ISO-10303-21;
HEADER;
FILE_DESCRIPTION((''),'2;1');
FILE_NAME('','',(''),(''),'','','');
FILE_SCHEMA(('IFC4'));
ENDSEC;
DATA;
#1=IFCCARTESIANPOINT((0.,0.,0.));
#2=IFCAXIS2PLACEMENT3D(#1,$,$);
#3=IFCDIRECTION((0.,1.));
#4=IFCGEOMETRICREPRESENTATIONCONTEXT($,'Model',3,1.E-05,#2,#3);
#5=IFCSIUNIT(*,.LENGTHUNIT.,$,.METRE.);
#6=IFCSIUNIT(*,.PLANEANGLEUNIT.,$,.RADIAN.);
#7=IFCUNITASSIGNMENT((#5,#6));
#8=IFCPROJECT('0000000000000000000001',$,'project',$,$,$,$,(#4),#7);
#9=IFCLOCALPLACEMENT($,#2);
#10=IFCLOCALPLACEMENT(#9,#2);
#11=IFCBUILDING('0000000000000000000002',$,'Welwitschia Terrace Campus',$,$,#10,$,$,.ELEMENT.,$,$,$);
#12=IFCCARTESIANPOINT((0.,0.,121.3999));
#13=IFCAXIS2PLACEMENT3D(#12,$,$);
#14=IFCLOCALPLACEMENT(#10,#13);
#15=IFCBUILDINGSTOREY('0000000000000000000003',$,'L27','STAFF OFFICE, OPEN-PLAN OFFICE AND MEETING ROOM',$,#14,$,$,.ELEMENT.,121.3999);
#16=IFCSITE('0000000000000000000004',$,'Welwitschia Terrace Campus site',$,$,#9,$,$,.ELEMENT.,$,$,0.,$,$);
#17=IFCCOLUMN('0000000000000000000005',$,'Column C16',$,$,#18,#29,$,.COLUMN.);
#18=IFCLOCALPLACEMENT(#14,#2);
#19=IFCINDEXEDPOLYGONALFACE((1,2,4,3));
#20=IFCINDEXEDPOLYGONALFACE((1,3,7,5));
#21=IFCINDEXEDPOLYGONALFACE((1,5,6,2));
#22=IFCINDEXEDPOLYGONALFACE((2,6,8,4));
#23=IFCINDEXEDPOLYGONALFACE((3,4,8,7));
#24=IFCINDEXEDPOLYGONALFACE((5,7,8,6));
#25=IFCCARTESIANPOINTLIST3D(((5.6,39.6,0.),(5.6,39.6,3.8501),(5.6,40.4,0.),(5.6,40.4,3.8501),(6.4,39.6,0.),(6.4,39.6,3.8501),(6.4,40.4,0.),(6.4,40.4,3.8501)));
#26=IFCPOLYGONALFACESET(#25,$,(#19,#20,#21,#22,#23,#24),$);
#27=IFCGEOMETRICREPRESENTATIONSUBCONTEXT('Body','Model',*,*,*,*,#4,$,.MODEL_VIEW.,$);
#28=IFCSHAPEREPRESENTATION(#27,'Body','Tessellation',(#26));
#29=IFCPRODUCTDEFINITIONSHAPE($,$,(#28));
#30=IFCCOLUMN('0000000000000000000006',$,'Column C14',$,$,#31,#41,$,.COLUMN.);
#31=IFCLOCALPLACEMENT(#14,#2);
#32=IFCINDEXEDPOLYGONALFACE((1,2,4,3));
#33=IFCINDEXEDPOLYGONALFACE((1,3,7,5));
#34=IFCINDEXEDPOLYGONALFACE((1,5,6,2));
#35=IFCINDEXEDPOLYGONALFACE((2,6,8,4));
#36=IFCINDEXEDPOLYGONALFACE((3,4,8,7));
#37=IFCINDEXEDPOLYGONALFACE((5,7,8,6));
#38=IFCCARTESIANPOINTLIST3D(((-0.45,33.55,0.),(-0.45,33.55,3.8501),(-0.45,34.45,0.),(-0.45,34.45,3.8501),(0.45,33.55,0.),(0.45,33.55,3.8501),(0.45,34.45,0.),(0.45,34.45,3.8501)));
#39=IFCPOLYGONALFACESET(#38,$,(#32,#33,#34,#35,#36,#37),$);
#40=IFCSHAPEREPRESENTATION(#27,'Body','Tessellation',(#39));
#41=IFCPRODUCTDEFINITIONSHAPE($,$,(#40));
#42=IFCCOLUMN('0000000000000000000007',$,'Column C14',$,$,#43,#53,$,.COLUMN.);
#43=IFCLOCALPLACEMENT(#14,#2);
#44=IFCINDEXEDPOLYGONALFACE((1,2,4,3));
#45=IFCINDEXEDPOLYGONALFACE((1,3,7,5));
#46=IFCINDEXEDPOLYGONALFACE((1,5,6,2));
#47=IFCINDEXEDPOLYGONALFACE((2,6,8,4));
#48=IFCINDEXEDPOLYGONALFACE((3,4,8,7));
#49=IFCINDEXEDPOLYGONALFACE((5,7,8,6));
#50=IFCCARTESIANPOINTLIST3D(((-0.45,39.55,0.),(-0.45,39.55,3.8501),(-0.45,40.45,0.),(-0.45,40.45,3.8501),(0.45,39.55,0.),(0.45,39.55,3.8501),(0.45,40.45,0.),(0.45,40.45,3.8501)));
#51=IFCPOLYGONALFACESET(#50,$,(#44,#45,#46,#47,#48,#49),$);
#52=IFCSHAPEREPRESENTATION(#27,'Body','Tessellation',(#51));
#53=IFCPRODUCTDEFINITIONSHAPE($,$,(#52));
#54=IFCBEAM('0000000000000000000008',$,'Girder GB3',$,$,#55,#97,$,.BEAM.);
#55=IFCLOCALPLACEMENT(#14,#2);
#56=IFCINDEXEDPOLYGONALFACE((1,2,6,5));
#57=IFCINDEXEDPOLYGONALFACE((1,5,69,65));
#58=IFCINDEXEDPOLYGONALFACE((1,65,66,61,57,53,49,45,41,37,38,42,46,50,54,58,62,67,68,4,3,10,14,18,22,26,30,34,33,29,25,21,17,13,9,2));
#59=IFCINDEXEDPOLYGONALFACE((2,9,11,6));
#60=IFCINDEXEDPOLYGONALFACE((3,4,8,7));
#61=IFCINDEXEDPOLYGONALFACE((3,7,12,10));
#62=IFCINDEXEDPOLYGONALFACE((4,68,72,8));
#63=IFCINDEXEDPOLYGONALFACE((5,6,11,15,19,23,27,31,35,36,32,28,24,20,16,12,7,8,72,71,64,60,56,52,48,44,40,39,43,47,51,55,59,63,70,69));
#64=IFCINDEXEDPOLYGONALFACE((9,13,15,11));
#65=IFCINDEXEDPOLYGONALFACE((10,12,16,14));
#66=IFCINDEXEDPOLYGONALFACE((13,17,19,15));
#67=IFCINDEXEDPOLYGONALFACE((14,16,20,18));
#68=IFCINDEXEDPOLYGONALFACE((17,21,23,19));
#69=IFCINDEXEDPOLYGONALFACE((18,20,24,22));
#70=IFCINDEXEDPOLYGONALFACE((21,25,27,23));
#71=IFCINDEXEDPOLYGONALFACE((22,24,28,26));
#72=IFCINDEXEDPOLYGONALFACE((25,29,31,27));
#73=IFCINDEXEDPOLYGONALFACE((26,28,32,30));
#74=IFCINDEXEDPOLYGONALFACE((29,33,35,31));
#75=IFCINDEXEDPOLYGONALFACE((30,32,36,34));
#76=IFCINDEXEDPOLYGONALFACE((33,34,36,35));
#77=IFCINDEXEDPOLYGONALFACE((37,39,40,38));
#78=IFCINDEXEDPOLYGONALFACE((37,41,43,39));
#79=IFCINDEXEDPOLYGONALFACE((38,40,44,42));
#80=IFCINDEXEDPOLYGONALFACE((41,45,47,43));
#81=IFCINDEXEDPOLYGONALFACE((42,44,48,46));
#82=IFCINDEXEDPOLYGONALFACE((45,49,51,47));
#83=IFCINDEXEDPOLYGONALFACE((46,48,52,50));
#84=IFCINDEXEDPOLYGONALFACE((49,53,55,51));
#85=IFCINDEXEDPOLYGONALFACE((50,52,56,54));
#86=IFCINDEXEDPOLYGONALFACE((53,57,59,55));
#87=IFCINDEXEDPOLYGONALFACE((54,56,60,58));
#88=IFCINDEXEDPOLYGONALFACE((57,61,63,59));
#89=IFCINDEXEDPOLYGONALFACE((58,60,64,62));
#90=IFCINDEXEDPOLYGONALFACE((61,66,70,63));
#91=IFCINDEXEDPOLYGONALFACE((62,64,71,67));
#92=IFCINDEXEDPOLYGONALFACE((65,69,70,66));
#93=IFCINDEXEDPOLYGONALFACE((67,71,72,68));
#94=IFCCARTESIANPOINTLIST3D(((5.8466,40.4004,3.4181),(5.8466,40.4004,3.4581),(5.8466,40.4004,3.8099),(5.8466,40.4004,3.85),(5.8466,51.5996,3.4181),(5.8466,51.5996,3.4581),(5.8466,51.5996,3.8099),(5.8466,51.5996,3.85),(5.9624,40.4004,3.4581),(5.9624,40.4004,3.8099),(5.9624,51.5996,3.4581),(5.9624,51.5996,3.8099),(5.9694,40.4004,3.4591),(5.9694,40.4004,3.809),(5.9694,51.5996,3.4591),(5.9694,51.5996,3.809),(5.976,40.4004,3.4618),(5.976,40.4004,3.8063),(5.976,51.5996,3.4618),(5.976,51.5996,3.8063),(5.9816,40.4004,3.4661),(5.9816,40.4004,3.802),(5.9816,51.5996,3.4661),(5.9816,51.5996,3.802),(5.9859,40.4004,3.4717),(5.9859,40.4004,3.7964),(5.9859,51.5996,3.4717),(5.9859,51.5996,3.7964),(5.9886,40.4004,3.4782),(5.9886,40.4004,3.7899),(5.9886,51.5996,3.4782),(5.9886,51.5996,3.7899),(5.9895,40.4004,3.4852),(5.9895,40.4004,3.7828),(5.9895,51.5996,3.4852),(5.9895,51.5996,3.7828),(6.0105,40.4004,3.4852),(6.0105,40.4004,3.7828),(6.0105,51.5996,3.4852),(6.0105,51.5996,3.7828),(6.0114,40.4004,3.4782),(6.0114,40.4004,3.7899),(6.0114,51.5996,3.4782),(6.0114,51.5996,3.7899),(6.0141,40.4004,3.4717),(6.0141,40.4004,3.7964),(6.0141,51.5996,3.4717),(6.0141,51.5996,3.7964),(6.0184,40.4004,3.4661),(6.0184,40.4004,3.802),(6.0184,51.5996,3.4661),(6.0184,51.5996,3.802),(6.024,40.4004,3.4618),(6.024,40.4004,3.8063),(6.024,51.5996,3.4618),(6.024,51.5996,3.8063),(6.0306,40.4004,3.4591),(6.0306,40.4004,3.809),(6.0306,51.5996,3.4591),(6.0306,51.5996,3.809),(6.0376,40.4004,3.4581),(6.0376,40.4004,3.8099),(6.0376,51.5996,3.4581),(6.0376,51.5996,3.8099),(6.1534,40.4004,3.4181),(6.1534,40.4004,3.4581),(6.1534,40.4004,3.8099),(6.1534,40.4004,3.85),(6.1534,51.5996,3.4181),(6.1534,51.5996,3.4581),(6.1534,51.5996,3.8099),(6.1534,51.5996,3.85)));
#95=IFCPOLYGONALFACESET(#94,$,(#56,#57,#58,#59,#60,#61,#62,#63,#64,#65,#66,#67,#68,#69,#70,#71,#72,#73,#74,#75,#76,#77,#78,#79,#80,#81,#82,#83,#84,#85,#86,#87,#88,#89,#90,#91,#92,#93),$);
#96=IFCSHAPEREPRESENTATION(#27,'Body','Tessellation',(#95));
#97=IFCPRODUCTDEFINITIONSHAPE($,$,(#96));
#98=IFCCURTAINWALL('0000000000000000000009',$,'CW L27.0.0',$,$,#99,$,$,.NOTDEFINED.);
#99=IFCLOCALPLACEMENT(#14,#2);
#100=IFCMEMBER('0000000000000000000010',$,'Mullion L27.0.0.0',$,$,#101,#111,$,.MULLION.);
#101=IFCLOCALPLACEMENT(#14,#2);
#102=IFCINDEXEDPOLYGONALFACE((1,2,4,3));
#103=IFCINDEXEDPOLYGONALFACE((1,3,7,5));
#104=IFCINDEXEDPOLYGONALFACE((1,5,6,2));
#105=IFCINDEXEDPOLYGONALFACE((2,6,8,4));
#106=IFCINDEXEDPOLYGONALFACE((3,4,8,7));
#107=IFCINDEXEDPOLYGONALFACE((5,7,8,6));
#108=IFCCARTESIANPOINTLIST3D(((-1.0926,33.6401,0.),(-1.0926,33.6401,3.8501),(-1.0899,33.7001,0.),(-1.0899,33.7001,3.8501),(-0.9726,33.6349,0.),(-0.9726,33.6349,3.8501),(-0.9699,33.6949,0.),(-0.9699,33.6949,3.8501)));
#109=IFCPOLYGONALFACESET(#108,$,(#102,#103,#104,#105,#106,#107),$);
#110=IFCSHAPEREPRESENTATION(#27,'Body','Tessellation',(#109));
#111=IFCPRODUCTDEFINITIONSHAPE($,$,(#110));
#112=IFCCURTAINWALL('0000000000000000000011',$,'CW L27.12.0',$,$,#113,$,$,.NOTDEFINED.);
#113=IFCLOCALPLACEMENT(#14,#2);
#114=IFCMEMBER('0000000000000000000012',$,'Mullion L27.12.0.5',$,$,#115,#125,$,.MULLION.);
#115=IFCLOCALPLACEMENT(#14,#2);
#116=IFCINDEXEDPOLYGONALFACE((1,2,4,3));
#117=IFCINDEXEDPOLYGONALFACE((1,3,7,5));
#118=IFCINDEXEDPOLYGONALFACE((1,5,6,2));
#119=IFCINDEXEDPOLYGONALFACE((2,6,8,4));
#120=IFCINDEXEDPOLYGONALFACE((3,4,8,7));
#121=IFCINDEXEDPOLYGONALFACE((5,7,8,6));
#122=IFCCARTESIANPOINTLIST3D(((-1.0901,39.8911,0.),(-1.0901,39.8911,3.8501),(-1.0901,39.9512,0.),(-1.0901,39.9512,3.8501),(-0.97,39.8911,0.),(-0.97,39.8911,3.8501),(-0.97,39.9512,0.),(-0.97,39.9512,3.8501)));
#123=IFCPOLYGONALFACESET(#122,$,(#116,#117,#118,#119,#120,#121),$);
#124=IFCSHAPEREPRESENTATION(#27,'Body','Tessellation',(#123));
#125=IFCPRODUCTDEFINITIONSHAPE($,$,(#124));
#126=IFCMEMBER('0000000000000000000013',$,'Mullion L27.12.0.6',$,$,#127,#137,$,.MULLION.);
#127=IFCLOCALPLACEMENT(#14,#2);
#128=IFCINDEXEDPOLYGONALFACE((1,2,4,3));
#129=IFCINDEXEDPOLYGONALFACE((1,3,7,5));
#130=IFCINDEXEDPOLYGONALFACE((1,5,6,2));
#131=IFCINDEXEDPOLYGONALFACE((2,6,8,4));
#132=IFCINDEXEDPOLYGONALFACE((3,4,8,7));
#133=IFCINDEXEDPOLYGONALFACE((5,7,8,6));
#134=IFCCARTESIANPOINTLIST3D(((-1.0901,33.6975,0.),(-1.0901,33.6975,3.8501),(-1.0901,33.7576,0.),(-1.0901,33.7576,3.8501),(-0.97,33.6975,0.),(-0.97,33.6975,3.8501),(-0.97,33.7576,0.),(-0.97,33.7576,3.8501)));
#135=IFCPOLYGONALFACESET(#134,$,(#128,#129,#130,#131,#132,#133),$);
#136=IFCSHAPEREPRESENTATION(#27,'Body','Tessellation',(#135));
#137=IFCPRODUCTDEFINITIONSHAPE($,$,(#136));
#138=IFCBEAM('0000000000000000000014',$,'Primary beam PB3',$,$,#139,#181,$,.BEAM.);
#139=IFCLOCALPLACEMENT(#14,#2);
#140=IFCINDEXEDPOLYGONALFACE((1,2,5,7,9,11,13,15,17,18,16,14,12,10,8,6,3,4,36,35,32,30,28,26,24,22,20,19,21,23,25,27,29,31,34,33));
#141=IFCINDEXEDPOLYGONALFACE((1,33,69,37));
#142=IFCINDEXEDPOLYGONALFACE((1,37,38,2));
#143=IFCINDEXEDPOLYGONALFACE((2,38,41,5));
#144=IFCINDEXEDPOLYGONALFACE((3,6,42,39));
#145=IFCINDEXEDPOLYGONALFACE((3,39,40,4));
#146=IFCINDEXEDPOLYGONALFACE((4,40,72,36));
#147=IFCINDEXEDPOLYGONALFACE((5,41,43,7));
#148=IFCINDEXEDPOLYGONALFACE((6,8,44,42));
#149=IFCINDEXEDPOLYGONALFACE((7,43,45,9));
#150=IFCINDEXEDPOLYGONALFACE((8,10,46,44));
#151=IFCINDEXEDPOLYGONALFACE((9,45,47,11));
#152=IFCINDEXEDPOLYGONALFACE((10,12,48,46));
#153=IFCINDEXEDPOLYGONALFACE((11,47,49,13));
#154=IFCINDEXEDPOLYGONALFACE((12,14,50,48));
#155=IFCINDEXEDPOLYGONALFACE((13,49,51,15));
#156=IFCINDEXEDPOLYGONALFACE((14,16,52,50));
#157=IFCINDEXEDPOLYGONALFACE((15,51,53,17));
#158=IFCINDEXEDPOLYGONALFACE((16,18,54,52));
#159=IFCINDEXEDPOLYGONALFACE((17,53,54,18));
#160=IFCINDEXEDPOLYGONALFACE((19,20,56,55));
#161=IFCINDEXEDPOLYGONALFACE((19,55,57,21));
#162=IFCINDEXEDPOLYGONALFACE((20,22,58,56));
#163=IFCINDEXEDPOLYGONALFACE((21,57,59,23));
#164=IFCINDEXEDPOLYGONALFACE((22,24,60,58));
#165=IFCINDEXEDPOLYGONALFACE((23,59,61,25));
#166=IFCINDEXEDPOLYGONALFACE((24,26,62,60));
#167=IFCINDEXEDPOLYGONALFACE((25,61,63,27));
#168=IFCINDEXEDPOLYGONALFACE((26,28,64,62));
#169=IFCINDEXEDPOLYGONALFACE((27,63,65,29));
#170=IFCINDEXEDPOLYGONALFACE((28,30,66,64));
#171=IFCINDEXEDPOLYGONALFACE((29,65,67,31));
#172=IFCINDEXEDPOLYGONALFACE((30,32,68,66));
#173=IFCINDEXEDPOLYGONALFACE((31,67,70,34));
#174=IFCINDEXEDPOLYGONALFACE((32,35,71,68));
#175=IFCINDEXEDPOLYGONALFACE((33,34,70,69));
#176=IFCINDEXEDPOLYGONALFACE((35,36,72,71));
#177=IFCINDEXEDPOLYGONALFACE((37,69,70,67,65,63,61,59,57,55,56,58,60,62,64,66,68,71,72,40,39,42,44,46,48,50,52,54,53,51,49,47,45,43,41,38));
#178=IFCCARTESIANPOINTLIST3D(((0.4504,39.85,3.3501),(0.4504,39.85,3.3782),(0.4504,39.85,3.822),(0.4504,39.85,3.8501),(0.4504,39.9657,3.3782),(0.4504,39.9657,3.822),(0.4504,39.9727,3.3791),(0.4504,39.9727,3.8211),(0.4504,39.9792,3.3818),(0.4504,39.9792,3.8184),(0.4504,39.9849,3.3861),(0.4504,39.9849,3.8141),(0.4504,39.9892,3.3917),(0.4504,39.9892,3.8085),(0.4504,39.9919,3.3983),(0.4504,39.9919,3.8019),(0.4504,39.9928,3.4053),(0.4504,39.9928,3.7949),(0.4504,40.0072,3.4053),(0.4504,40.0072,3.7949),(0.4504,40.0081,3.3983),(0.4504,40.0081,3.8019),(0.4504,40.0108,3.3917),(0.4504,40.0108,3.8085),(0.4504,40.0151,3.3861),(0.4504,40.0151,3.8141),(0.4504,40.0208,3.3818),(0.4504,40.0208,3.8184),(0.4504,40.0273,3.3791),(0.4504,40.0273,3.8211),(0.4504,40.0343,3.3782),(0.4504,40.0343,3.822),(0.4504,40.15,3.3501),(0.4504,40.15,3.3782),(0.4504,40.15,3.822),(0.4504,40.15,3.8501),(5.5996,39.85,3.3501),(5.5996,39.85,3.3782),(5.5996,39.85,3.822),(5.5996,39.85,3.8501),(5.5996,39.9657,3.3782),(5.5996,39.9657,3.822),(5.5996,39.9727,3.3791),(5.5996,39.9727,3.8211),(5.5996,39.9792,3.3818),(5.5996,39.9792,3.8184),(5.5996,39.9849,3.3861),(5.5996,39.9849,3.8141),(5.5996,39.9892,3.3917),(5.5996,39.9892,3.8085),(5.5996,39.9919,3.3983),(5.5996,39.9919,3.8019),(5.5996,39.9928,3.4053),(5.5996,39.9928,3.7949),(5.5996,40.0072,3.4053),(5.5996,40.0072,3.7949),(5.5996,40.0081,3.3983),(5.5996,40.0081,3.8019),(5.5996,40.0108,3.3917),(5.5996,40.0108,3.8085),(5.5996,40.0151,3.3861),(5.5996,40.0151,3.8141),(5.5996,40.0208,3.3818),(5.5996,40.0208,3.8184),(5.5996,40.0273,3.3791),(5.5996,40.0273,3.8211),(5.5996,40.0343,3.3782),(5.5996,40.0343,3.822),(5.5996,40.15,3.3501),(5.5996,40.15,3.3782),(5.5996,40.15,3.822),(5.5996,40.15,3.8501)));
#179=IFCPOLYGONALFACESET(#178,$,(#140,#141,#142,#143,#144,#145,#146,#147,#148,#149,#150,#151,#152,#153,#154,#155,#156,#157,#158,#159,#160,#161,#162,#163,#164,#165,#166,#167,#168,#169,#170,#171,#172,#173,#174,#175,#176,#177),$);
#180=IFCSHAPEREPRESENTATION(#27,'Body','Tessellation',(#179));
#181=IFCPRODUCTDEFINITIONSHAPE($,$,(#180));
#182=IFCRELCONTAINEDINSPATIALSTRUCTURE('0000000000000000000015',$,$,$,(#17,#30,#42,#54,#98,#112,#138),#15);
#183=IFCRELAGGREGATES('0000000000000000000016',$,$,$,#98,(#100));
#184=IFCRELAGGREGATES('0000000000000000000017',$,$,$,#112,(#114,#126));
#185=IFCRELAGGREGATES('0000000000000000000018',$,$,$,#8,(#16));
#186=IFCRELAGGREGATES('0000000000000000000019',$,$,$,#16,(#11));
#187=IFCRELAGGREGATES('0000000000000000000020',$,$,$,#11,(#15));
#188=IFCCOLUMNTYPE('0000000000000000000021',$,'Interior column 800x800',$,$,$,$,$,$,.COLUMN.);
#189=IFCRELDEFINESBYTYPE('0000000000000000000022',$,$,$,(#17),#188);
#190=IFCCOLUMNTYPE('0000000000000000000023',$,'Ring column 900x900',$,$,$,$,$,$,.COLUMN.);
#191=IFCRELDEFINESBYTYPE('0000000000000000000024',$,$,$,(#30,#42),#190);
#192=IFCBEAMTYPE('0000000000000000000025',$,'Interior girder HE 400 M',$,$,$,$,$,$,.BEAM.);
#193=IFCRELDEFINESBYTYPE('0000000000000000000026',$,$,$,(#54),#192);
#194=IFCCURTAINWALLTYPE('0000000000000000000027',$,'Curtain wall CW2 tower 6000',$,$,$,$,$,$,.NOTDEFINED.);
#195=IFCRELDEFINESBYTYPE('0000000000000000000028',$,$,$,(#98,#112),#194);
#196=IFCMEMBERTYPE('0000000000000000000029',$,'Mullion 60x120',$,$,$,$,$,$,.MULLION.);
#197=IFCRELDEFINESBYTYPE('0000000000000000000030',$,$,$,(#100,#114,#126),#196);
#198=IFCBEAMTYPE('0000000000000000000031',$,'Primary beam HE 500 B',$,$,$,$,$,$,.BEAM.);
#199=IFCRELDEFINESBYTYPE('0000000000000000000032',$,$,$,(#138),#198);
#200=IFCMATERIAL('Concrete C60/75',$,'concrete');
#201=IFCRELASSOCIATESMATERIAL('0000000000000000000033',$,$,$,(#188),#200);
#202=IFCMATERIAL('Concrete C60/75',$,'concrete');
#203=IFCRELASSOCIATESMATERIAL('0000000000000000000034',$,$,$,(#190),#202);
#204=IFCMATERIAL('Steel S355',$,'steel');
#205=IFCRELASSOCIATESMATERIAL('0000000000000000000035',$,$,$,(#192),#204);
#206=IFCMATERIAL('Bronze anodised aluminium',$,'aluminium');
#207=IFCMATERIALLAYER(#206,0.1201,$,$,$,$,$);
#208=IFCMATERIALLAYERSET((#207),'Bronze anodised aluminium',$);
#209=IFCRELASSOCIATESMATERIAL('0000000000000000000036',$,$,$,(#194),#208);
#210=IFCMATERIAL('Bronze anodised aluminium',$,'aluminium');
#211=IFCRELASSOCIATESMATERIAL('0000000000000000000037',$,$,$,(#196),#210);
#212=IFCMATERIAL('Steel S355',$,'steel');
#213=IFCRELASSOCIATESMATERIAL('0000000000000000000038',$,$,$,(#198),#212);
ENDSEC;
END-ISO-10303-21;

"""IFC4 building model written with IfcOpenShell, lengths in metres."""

from ifc_helpers import new_model, si_unit, direction, frame, origin, origin_2d, place, context, subcontext, project, spatial, rectangle, i_section, extrude, material, layer, layer_set, material_profile, profile_set, type_object, element, aggregate, save


model = new_model("IFC4")

# Units and contexts
model_context = context("Model", 3, precision=1e-05, world=origin(), true_north=direction((0.0, 1.0)))
body_context = subcontext(model_context, "Body", "Model", "MODEL_VIEW")
ifc_project = project(units=[si_unit("LENGTHUNIT", "METRE"), si_unit("PLANEANGLEUNIT", "RADIAN")], contexts=[model_context])

# Site, building, storey
site_placement = place(None, origin())
site = spatial("IfcSite", under=ifc_project, at=site_placement, Name="Welwitschia Terrace Campus site", CompositionType="ELEMENT", RefElevation=0.0)
building_placement = place(site_placement, origin())
building = spatial("IfcBuilding", under=site, at=building_placement, Name="Welwitschia Terrace Campus", CompositionType="ELEMENT")
storey_placement = place(building_placement, frame((0.0, 0.0, 121.3999)))
storey = spatial("IfcBuildingStorey", under=building, at=storey_placement, Name="L27", Description="STAFF OFFICE, OPEN-PLAN OFFICE AND MEETING ROOM", CompositionType="ELEMENT", Elevation=121.3999)

# Columns
ifc_material_1 = material(Name="Concrete C60/75", Category="concrete")
ifc_material_profile_1 = material_profile(ifc_material_1, rectangle(XDim=0.8, YDim=0.8, at=origin_2d()))
ifc_profile_set_1 = profile_set([ifc_material_profile_1], Name="Concrete C60/75")
column_type_1 = type_object("IfcColumnType", Name="Interior column 800x800", PredefinedType="COLUMN", material=ifc_profile_set_1)
column_placement = place(storey_placement, frame((6.0, 40.0, 0.0), z_axis=(0.0, 0.0, 1.0), x_axis=(1.0, 0.0, 0.0)))
element("IfcColumn", 1, at=column_placement, inside=storey, type_object=column_type_1, Name="Column C16", PredefinedType="COLUMN", context=body_context, shape_type="SweptSolid", body=[
    extrude(rectangle(XDim=0.8, YDim=0.8, at=origin_2d()), origin(), (0.0, 0.0, 1.0), 3.8501),
])
ifc_material_2 = material(Name="Concrete C60/75", Category="concrete")
ifc_material_profile_2 = material_profile(ifc_material_2, rectangle(XDim=0.8999, YDim=0.8999, at=origin_2d()))
ifc_profile_set_2 = profile_set([ifc_material_profile_2], Name="Concrete C60/75")
column_type_2 = type_object("IfcColumnType", Name="Ring column 900x900", PredefinedType="COLUMN", material=ifc_profile_set_2)
for number, where, z_axis, x_axis, name in (
    (2, (0.0, 34.0, 0.0), (0.0, 0.0, 1.0), (1.0, 0.0, 0.0), "Column C14"),
    (3, (0.0, 40.0, 0.0), (0.0, 0.0, 1.0), (1.0, 0.0, 0.0), "Column C14"),
):
    element("IfcColumn", number, at=place(storey_placement, frame(where, z_axis=z_axis, x_axis=x_axis)), inside=storey, type_object=column_type_2, Name=name, PredefinedType="COLUMN", context=body_context, shape_type="SweptSolid", body=[
        extrude(rectangle(XDim=0.8999, YDim=0.8999, at=origin_2d()), origin(), (0.0, 0.0, 1.0), 3.8501),
    ])

# Beam
ifc_material_3 = material(Name="Steel S355", Category="steel")
ifc_material_profile_3 = material_profile(ifc_material_3, i_section(OverallWidth=0.3069, OverallDepth=0.4319, WebThickness=0.021, FlangeThickness=0.04, FilletRadius=0.0271, at=origin_2d()))
ifc_profile_set_3 = profile_set([ifc_material_profile_3], Name="Steel S355")
beam_type_1 = type_object("IfcBeamType", Name="Interior girder HE 400 M", PredefinedType="BEAM", material=ifc_profile_set_3)
beam_1_placement = place(storey_placement, frame((6.0, 40.4004, 3.634), z_axis=(0.0, 1.0, 0.0), x_axis=(-1.0, 0.0, 0.0)))
element("IfcBeam", 4, at=beam_1_placement, inside=storey, type_object=beam_type_1, Name="Girder GB3", PredefinedType="BEAM", context=body_context, shape_type="SweptSolid", body=[
    extrude(i_section(OverallWidth=0.3069, OverallDepth=0.4319, WebThickness=0.021, FlangeThickness=0.04, FilletRadius=0.0271, at=origin_2d()), origin(), (0.0, 0.0, 1.0), 11.1992),
])

# Curtain wall, member
ifc_material_4 = material(Name="Bronze anodised aluminium", Category="aluminium")
ifc_layer_1 = layer(ifc_material_4, 0.1201)
ifc_layer_set_1 = layer_set([ifc_layer_1], Name="Bronze anodised aluminium")
curtain_wall_type = type_object("IfcCurtainWallType", Name="Curtain wall CW2 tower 6000", PredefinedType="NOTDEFINED", material=ifc_layer_set_1)
curtain_wall_1_placement = place(storey_placement, origin())
curtain_wall_1 = element("IfcCurtainWall", 5, at=curtain_wall_1_placement, inside=storey, type_object=curtain_wall_type, Name="CW L27.0.0", PredefinedType="NOTDEFINED")
ifc_material_5 = material(Name="Bronze anodised aluminium", Category="aluminium")
ifc_material_profile_4 = material_profile(ifc_material_5, rectangle(XDim=0.1201, YDim=0.0601, at=origin_2d()))
ifc_profile_set_4 = profile_set([ifc_material_profile_4], Name="Bronze anodised aluminium")
member_type_1 = type_object("IfcMemberType", Name="Mullion 60x120", PredefinedType="MULLION", material=ifc_profile_set_4)
member_1_placement = place(storey_placement, frame((-1.0312, 33.6675, 0.0), z_axis=(0.0, 0.0, 1.0), x_axis=(0.999048, -0.043619, 0.0)))
member_1 = element("IfcMember", 6, at=member_1_placement, type_object=member_type_1, Name="Mullion L27.0.0.0", PredefinedType="MULLION", context=body_context, shape_type="SweptSolid", body=[
    extrude(rectangle(XDim=0.1201, YDim=0.0601, at=origin_2d()), origin(), (0.0, 0.0, 1.0), 3.8501),
])

# Curtain wall, members
curtain_wall_2_placement = place(storey_placement, origin())
curtain_wall_2 = element("IfcCurtainWall", 7, at=curtain_wall_2_placement, inside=storey, type_object=curtain_wall_type, Name="CW L27.12.0", PredefinedType="NOTDEFINED")
member_2_placement = place(storey_placement, frame((-1.03, 39.9211, 0.0), z_axis=(0.0, 0.0, 1.0), x_axis=(1.0, 0.0, 0.0)))
member_2 = element("IfcMember", 8, at=member_2_placement, type_object=member_type_1, Name="Mullion L27.12.0.5", PredefinedType="MULLION", context=body_context, shape_type="SweptSolid", body=[
    extrude(rectangle(XDim=0.1201, YDim=0.0601, at=origin_2d()), origin(), (0.0, 0.0, 1.0), 3.8501),
])
member_3_placement = place(storey_placement, frame((-1.03, 33.7275, 0.0), z_axis=(0.0, 0.0, 1.0), x_axis=(1.0, 0.0, 0.0)))
member_3 = element("IfcMember", 9, at=member_3_placement, type_object=member_type_1, Name="Mullion L27.12.0.6", PredefinedType="MULLION", context=body_context, shape_type="SweptSolid", body=[
    extrude(rectangle(XDim=0.1201, YDim=0.0601, at=origin_2d()), origin(), (0.0, 0.0, 1.0), 3.8501),
])

# Beam
ifc_material_6 = material(Name="Steel S355", Category="steel")
ifc_material_profile_5 = material_profile(ifc_material_6, i_section(OverallWidth=0.3, OverallDepth=0.5, WebThickness=0.0144, FlangeThickness=0.0281, FilletRadius=0.0271, at=origin_2d()))
ifc_profile_set_5 = profile_set([ifc_material_profile_5], Name="Steel S355")
beam_type_2 = type_object("IfcBeamType", Name="Primary beam HE 500 B", PredefinedType="BEAM", material=ifc_profile_set_5)
beam_2_placement = place(storey_placement, frame((0.4504, 40.0, 3.6001), z_axis=(1.0, 0.0, 0.0), x_axis=(0.0, 1.0, 0.0)))
element("IfcBeam", 10, at=beam_2_placement, inside=storey, type_object=beam_type_2, Name="Primary beam PB3", PredefinedType="BEAM", context=body_context, shape_type="SweptSolid", body=[
    extrude(i_section(OverallWidth=0.3, OverallDepth=0.5, WebThickness=0.0144, FlangeThickness=0.0281, FilletRadius=0.0271, at=origin_2d()), origin(), (0.0, 0.0, 1.0), 5.1492),
])

aggregate(curtain_wall_1, [member_1])

aggregate(curtain_wall_2, [member_2, member_3])

save(model, "model.ifc")
